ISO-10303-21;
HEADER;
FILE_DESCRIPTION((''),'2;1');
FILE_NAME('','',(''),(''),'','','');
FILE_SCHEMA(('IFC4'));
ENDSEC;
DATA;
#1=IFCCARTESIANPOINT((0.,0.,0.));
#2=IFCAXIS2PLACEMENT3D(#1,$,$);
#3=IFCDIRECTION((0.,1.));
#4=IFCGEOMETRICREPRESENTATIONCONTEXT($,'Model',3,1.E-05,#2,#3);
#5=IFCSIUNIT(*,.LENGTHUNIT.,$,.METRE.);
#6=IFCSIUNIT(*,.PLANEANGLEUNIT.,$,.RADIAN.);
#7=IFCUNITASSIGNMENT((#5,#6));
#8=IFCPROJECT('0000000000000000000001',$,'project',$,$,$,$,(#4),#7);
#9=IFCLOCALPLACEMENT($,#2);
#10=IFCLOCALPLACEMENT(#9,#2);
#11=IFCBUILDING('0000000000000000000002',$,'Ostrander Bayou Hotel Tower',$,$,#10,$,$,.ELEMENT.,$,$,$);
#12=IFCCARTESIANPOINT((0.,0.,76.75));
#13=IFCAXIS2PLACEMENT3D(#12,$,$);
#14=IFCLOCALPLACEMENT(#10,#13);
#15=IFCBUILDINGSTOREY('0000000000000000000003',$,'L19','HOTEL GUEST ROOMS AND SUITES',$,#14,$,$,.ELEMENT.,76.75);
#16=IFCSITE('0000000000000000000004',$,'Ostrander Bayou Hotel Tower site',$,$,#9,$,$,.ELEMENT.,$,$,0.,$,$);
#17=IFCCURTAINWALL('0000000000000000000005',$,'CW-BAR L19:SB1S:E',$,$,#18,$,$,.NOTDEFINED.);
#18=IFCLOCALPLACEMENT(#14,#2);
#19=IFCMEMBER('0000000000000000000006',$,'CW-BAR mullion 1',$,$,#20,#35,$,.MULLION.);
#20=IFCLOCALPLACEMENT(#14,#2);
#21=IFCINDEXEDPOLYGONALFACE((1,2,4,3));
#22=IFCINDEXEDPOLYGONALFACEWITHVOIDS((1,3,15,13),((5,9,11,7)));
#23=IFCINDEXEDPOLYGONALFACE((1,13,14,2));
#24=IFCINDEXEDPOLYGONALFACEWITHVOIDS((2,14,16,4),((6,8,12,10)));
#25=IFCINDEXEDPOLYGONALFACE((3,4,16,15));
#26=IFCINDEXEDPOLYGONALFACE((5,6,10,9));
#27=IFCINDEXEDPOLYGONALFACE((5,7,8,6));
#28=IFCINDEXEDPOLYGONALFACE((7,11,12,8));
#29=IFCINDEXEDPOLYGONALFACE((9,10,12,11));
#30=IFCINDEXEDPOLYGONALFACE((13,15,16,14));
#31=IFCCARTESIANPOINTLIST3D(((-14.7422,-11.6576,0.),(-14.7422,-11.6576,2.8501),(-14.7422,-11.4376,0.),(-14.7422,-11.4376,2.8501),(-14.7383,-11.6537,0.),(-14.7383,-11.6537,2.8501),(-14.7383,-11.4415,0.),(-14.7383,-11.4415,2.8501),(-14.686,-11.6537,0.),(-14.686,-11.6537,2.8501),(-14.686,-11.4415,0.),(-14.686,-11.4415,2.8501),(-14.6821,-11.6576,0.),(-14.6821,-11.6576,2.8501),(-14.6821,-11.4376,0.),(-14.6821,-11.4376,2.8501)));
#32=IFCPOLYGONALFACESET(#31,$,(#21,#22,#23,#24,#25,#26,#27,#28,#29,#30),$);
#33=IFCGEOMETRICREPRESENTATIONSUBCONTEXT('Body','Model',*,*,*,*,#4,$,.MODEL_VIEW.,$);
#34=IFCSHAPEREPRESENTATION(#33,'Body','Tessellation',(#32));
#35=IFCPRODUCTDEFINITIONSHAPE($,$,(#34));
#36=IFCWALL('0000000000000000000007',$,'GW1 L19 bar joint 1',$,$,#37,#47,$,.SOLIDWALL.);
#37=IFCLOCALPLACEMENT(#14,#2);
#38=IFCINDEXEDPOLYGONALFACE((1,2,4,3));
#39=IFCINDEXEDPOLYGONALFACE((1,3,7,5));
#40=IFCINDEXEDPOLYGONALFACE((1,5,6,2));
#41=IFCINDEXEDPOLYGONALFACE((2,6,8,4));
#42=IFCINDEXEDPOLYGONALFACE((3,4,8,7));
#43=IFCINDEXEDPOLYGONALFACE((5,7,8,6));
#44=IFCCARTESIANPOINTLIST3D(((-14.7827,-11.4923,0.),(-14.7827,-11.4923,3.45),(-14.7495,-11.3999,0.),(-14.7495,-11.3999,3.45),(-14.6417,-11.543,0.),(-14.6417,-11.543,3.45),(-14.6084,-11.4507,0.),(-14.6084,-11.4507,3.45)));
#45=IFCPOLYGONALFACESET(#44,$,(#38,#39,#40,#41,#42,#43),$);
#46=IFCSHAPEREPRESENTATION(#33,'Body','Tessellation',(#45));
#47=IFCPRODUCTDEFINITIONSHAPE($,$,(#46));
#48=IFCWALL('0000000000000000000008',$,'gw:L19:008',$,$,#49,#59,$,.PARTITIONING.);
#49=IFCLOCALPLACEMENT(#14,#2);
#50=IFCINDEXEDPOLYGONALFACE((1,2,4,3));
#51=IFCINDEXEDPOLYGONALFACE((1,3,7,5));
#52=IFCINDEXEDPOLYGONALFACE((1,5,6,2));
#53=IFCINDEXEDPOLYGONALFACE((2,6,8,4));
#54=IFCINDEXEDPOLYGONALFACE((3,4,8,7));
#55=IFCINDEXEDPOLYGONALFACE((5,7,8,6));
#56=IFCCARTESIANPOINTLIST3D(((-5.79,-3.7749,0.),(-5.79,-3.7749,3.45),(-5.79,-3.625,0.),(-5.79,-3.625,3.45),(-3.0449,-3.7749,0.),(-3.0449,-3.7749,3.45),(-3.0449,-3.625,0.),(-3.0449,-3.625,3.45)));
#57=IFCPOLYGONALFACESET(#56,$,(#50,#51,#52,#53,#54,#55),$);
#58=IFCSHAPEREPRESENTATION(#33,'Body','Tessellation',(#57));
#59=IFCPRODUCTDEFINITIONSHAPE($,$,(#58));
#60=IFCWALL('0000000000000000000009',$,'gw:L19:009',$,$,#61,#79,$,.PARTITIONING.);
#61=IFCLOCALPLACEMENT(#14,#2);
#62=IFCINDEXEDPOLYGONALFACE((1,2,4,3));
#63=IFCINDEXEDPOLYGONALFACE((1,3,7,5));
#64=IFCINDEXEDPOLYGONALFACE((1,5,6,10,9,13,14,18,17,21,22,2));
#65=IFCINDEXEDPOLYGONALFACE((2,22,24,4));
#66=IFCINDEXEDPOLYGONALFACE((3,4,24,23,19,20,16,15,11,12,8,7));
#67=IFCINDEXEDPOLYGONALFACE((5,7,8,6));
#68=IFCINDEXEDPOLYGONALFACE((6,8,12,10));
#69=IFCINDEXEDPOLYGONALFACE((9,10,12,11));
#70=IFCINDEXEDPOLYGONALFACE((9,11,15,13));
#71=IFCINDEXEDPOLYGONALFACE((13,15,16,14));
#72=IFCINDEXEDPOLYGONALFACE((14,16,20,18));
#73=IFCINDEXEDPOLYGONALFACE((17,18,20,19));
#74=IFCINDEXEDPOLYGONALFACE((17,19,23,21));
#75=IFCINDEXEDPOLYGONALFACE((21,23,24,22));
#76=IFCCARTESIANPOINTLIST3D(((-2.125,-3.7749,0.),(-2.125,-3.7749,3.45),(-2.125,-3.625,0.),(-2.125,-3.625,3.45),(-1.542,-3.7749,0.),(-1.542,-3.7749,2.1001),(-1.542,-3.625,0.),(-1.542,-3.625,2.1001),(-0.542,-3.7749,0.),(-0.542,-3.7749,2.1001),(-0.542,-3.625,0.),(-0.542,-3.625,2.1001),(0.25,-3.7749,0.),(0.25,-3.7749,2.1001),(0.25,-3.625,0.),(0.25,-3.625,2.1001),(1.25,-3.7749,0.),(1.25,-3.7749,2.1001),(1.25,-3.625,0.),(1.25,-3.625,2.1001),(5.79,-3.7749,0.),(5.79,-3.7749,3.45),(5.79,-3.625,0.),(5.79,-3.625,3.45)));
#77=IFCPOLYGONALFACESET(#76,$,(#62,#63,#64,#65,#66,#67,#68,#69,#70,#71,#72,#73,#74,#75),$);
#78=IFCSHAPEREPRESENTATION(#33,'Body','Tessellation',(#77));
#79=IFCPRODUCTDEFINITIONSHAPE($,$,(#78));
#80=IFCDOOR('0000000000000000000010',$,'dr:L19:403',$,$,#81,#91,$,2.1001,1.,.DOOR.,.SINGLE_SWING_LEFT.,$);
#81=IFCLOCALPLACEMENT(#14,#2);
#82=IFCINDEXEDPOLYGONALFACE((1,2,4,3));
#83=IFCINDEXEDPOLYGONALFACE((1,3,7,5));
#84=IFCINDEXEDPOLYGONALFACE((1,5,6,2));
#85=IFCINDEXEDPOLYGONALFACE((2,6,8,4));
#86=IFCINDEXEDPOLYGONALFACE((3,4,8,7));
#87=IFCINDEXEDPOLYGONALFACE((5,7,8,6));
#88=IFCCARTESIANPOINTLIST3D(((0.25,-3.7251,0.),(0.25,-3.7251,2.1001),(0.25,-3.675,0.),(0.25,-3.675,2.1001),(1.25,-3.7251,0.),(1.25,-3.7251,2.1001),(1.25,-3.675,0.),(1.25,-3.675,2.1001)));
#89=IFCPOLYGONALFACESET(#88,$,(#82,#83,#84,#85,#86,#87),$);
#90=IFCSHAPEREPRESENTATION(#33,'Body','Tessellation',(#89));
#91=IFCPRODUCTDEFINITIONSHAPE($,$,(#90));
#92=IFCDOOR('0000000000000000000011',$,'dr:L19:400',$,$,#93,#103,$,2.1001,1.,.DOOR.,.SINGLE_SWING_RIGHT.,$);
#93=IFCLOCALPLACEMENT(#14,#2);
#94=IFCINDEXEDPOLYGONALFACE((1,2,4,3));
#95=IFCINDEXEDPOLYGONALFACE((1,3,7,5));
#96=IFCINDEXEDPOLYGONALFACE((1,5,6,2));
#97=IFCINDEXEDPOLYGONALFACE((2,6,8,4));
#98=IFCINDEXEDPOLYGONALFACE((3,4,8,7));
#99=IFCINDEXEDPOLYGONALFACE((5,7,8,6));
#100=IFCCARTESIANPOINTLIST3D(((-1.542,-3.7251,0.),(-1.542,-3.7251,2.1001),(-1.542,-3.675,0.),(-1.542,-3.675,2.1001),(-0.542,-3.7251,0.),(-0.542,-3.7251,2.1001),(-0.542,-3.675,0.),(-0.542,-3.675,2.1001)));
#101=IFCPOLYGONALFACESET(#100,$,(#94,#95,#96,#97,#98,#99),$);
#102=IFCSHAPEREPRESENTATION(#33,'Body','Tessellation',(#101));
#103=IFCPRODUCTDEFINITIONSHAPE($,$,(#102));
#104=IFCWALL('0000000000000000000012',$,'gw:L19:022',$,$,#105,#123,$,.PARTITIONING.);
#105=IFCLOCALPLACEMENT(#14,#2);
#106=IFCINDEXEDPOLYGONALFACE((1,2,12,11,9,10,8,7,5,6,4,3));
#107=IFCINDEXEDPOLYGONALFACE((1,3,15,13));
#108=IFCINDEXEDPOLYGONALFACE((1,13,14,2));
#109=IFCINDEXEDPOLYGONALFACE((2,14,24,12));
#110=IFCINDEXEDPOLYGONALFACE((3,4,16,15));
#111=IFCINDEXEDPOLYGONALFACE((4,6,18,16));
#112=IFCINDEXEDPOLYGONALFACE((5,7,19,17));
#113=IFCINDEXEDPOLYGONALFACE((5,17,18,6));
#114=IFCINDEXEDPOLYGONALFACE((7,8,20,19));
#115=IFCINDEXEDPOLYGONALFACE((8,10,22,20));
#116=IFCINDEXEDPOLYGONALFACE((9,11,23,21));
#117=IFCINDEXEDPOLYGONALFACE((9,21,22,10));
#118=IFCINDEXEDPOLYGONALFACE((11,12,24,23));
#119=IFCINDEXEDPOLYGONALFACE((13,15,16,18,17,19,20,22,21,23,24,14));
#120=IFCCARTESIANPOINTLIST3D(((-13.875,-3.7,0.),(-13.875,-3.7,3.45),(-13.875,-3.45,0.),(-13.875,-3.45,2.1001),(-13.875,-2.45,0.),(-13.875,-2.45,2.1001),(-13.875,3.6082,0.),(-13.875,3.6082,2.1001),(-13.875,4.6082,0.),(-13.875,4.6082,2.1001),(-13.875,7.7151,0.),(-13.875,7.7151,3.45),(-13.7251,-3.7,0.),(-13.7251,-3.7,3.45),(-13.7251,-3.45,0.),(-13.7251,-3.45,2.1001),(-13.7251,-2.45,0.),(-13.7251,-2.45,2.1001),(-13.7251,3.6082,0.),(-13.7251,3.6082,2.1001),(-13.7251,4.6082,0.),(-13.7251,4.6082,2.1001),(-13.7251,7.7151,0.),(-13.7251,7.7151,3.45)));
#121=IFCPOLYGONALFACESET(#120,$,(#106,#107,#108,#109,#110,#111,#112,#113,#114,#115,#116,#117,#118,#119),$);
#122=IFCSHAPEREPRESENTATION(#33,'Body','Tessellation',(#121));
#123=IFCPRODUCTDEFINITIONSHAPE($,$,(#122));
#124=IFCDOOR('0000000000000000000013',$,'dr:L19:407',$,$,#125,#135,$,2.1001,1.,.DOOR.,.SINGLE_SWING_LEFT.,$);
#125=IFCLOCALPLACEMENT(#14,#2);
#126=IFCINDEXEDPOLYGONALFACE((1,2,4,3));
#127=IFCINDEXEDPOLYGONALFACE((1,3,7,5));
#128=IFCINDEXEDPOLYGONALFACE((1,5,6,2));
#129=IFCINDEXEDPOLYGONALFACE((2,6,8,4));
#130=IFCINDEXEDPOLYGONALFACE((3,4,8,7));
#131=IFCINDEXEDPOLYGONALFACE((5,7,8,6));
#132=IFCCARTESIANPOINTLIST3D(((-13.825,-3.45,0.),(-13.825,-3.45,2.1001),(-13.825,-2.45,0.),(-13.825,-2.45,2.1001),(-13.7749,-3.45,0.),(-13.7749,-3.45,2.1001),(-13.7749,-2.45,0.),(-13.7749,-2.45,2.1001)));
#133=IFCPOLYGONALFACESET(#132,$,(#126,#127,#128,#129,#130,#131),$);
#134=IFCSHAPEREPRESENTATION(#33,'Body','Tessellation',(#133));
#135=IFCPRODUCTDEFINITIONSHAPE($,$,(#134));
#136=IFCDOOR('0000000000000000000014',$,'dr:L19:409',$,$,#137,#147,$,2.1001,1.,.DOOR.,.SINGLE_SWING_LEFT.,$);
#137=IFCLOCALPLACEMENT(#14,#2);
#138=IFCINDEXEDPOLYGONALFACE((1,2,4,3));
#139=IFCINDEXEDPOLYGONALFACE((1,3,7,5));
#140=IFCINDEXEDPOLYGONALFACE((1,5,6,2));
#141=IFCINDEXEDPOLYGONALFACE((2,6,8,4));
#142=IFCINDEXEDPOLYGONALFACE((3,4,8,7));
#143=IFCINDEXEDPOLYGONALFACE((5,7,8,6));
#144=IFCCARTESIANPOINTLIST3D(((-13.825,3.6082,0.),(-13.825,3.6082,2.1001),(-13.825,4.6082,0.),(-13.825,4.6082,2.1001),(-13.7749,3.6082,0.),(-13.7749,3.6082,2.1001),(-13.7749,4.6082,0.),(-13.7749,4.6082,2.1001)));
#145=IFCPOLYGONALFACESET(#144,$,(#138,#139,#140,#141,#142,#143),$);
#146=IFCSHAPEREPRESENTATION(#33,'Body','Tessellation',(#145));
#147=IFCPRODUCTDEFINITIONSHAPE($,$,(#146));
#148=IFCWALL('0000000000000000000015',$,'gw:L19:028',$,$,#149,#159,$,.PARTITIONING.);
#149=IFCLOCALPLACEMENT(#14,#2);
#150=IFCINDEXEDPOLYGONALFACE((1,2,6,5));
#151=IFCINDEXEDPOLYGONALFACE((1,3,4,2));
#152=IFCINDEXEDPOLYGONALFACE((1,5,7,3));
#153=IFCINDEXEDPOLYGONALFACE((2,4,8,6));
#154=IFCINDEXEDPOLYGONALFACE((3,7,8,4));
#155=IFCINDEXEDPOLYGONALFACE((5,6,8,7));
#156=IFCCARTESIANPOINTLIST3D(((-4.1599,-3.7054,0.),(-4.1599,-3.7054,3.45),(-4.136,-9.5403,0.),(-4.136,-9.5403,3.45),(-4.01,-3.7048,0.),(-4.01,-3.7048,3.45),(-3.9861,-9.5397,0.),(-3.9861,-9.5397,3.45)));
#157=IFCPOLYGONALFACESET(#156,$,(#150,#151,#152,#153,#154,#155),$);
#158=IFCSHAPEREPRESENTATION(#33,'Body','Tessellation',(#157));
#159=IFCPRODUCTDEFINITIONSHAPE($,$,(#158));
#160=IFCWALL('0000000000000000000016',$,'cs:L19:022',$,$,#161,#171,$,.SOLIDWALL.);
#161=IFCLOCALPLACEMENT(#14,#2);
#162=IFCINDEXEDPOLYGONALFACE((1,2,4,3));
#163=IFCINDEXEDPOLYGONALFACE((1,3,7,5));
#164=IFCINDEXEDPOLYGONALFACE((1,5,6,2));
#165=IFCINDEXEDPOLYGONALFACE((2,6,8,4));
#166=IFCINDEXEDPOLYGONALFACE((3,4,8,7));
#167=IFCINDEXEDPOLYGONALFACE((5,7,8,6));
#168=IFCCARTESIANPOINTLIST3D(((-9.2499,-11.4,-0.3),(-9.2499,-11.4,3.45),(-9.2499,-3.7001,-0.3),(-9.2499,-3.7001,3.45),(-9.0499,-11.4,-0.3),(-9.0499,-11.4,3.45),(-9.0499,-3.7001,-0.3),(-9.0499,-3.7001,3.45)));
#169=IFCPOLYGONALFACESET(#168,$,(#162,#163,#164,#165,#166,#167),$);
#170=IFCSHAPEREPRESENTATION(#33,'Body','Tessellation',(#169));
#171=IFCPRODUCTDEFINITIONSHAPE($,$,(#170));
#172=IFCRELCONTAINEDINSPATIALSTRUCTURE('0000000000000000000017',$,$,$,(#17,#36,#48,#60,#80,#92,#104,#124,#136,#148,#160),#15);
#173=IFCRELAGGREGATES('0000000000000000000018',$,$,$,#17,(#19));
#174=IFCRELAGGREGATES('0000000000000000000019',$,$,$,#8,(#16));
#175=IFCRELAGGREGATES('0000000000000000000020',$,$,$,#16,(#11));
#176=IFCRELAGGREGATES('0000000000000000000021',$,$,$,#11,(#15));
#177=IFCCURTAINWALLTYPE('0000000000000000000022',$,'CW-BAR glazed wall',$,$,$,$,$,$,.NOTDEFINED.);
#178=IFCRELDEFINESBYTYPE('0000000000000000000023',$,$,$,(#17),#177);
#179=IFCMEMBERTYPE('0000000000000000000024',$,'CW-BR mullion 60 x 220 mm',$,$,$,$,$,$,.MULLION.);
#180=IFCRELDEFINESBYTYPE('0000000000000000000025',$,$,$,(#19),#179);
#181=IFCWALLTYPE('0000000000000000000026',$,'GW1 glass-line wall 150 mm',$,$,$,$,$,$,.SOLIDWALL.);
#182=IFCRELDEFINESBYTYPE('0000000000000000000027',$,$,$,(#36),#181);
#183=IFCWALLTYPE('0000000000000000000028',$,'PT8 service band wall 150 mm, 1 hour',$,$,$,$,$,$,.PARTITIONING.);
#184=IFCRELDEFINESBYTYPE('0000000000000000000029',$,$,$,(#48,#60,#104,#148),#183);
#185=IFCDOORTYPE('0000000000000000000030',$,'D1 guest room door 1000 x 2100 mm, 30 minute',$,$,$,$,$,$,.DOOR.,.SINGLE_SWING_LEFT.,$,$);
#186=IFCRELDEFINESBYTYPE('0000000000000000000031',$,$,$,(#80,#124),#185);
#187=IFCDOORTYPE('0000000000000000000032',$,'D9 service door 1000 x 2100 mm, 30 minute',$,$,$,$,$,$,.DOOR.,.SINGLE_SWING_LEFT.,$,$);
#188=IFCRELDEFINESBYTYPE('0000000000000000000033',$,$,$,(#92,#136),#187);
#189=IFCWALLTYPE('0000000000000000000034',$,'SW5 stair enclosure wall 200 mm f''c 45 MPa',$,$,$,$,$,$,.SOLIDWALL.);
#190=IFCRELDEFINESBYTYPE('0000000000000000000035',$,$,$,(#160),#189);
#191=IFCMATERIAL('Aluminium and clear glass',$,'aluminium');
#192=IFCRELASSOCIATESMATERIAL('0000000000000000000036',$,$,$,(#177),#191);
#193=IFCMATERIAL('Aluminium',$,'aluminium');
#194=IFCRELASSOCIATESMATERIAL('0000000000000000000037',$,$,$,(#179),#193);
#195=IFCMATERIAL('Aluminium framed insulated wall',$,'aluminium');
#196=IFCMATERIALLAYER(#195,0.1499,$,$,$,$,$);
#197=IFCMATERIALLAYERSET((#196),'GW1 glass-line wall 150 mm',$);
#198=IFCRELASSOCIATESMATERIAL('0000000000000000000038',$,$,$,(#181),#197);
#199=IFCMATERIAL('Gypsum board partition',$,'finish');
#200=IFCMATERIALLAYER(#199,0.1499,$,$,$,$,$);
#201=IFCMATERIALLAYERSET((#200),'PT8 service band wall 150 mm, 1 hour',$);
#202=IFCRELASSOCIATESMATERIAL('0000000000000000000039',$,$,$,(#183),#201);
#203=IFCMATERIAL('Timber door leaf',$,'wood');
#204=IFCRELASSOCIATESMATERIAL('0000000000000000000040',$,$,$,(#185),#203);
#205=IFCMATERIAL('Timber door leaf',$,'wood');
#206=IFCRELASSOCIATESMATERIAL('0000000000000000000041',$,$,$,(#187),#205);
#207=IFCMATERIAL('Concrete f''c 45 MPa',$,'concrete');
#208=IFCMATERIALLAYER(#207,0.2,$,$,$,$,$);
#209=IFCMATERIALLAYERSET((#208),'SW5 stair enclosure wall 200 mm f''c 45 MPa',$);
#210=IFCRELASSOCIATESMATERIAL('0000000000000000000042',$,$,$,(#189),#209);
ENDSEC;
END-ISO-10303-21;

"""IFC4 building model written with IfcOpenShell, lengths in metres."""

from ifc_helpers import new_model, si_unit, direction, frame, frame_2d, origin, origin_2d, place, context, subcontext, project, spatial, rectangle, hollow_rectangle, extrude, material, layer, layer_set, material_profile, profile_set, type_object, element, fill, aggregate, save


model = new_model("IFC4")

# Units and contexts
model_context = context("Model", 3, precision=1e-05, world=origin(), true_north=direction((0.0, 1.0)))
body_context = subcontext(model_context, "Body", "Model", "MODEL_VIEW")
ifc_project = project(units=[si_unit("LENGTHUNIT", "METRE"), si_unit("PLANEANGLEUNIT", "RADIAN")], contexts=[model_context])

# Site, building, storey
site_placement = place(None, origin())
site = spatial("IfcSite", under=ifc_project, at=site_placement, Name="Ostrander Bayou Hotel Tower site", CompositionType="ELEMENT", RefElevation=0.0)
building_placement = place(site_placement, origin())
building = spatial("IfcBuilding", under=site, at=building_placement, Name="Ostrander Bayou Hotel Tower", CompositionType="ELEMENT")
storey_placement = place(building_placement, frame((0.0, 0.0, 76.75)))
storey = spatial("IfcBuildingStorey", under=building, at=storey_placement, Name="L19", Description="HOTEL GUEST ROOMS AND SUITES", CompositionType="ELEMENT", Elevation=76.75)

# Curtain wall, member
ifc_material_1 = material(Name="Aluminium and clear glass", Category="aluminium")
curtain_wall_type = type_object("IfcCurtainWallType", Name="CW-BAR glazed wall", PredefinedType="NOTDEFINED", material=ifc_material_1)
curtain_wall_placement = place(storey_placement, origin())
curtain_wall = element("IfcCurtainWall", 1, at=curtain_wall_placement, inside=storey, type_object=curtain_wall_type, Name="CW-BAR L19:SB1S:E", PredefinedType="NOTDEFINED")
ifc_material_2 = material(Name="Aluminium", Category="aluminium")
ifc_material_profile = material_profile(ifc_material_2, hollow_rectangle(XDim=0.0601, YDim=0.22, WallThickness=0.0039, at=origin_2d()))
ifc_profile_set = profile_set([ifc_material_profile], Name="Aluminium")
member_type = type_object("IfcMemberType", Name="CW-BR mullion 60 x 220 mm", PredefinedType="MULLION", material=ifc_profile_set)
member_placement = place(storey_placement, frame((-14.7122, -11.5476, 0.0), z_axis=(0.0, 0.0, 1.0), x_axis=(1.0, 0.0, 0.0)))
member = element("IfcMember", 2, at=member_placement, type_object=member_type, Name="CW-BAR mullion 1", PredefinedType="MULLION", context=body_context, shape_type="SweptSolid", body=[
    extrude(hollow_rectangle(XDim=0.0601, YDim=0.22, WallThickness=0.0039, at=origin_2d()), origin(), (0.0, 0.0, 1.0), 2.8501),
])
aggregate(curtain_wall, [member])

# Walls
ifc_material_3 = material(Name="Aluminium framed insulated wall", Category="aluminium")
ifc_layer_1 = layer(ifc_material_3, 0.1499)
ifc_layer_set_1 = layer_set([ifc_layer_1], Name="GW1 glass-line wall 150 mm")
wall_type_1 = type_object("IfcWallType", Name="GW1 glass-line wall 150 mm", PredefinedType="SOLIDWALL", material=ifc_layer_set_1)
wall_1_placement = place(storey_placement, frame((-14.679, -11.4253, 0.0), z_axis=(0.0, 0.0, 1.0), x_axis=(-0.338543, -0.940951, 0.0)))
element("IfcWall", 3, at=wall_1_placement, inside=storey, type_object=wall_type_1, Name="GW1 L19 bar joint 1", PredefinedType="SOLIDWALL", context=body_context, shape_type="SweptSolid", body=[
    extrude(rectangle(XDim=0.0981, YDim=0.1499, at=frame_2d((0.0491, 0.0))), origin(), (0.0, 0.0, 1.0), 3.45),
])
ifc_material_4 = material(Name="Gypsum board partition", Category="finish")
ifc_layer_2 = layer(ifc_material_4, 0.1499)
ifc_layer_set_2 = layer_set([ifc_layer_2], Name="PT8 service band wall 150 mm, 1 hour")
wall_type_2 = type_object("IfcWallType", Name="PT8 service band wall 150 mm, 1 hour", PredefinedType="PARTITIONING", material=ifc_layer_set_2)
wall_2_placement = place(storey_placement, frame((-5.79, -3.7, 0.0), z_axis=(0.0, 0.0, 1.0), x_axis=(1.0, 0.0, 0.0)))
element("IfcWall", 4, at=wall_2_placement, inside=storey, type_object=wall_type_2, Name="gw:L19:008", PredefinedType="PARTITIONING", context=body_context, shape_type="SweptSolid", body=[
    extrude(rectangle(XDim=2.7451, YDim=0.1499, at=frame_2d((1.3726, 0.0))), origin(), (0.0, 0.0, 1.0), 3.45),
])

# Walls, openings, doors
wall_3_placement = place(storey_placement, frame((-2.125, -3.7, 0.0), z_axis=(0.0, 0.0, 1.0), x_axis=(1.0, 0.0, 0.0)))
wall_3 = element("IfcWall", 5, at=wall_3_placement, inside=storey, type_object=wall_type_2, Name="gw:L19:009", PredefinedType="PARTITIONING", context=body_context, shape_type="SweptSolid", body=[
    extrude(rectangle(XDim=7.915, YDim=0.1499, at=frame_2d((3.9575, 0.0))), origin(), (0.0, 0.0, 1.0), 3.45),
])
opening_1_placement = place(wall_3_placement, frame((0.583, 0.0, 0.0)))
opening_1 = element("IfcOpeningElement", 6, at=opening_1_placement, cuts=wall_3, PredefinedType="OPENING", context=body_context, shape_type="SweptSolid", body=[
    extrude(rectangle(XDim=1.0, YDim=2.1001, at=frame_2d((0.5, 1.05))), frame((0.0, 0.075, 0.0), z_axis=(0.0, -1.0, 0.0), x_axis=(1.0, 0.0, 0.0)), (0.0, 0.0, 1.0), 0.1499),
])
opening_2_placement = place(wall_3_placement, frame((2.375, 0.0, 0.0)))
opening_2 = element("IfcOpeningElement", 7, at=opening_2_placement, cuts=wall_3, PredefinedType="OPENING", context=body_context, shape_type="SweptSolid", body=[
    extrude(rectangle(XDim=1.0, YDim=2.1001, at=frame_2d((0.5, 1.05))), frame((0.0, 0.075, 0.0), z_axis=(0.0, -1.0, 0.0), x_axis=(1.0, 0.0, 0.0)), (0.0, 0.0, 1.0), 0.1499),
])
ifc_material_5 = material(Name="Timber door leaf", Category="wood")
door_type_1 = type_object("IfcDoorType", Name="D1 guest room door 1000 x 2100 mm, 30 minute", OperationType="SINGLE_SWING_LEFT", PredefinedType="DOOR", material=ifc_material_5)
door_1_placement = place(opening_2_placement, origin())
door_1 = element("IfcDoor", 8, at=door_1_placement, inside=storey, type_object=door_type_1, Name="dr:L19:403", OperationType="SINGLE_SWING_LEFT", OverallHeight=2.1001, OverallWidth=1.0, PredefinedType="DOOR", context=body_context, shape_type="SweptSolid", body=[
    extrude(rectangle(XDim=1.0, YDim=2.1001, at=frame_2d((0.5, 1.05))), frame((0.0, 0.0249, 0.0), z_axis=(0.0, -1.0, 0.0), x_axis=(1.0, 0.0, 0.0)), (0.0, 0.0, 1.0), 0.05),
])
fill(opening_2, door_1)
ifc_material_6 = material(Name="Timber door leaf", Category="wood")
door_type_2 = type_object("IfcDoorType", Name="D9 service door 1000 x 2100 mm, 30 minute", OperationType="SINGLE_SWING_LEFT", PredefinedType="DOOR", material=ifc_material_6)
door_2_placement = place(opening_1_placement, origin())
door_2 = element("IfcDoor", 9, at=door_2_placement, inside=storey, type_object=door_type_2, Name="dr:L19:400", OperationType="SINGLE_SWING_RIGHT", OverallHeight=2.1001, OverallWidth=1.0, PredefinedType="DOOR", context=body_context, shape_type="SweptSolid", body=[
    extrude(rectangle(XDim=1.0, YDim=2.1001, at=frame_2d((0.5, 1.05))), frame((0.0, 0.0249, 0.0), z_axis=(0.0, -1.0, 0.0), x_axis=(1.0, 0.0, 0.0)), (0.0, 0.0, 1.0), 0.05),
])
fill(opening_1, door_2)
wall_4_placement = place(storey_placement, frame((-13.8, -3.7, 0.0), z_axis=(0.0, 0.0, 1.0), x_axis=(0.0, 1.0, 0.0)))
wall_4 = element("IfcWall", 10, at=wall_4_placement, inside=storey, type_object=wall_type_2, Name="gw:L19:022", PredefinedType="PARTITIONING", context=body_context, shape_type="SweptSolid", body=[
    extrude(rectangle(XDim=11.415, YDim=0.1499, at=frame_2d((5.7075, 0.0))), origin(), (0.0, 0.0, 1.0), 3.45),
])
opening_3_placement = place(wall_4_placement, frame((0.25, 0.0, 0.0)))
opening_3 = element("IfcOpeningElement", 11, at=opening_3_placement, cuts=wall_4, PredefinedType="OPENING", context=body_context, shape_type="SweptSolid", body=[
    extrude(rectangle(XDim=1.0, YDim=2.1001, at=frame_2d((0.5, 1.05))), frame((0.0, 0.075, 0.0), z_axis=(0.0, -1.0, 0.0), x_axis=(1.0, 0.0, 0.0)), (0.0, 0.0, 1.0), 0.1499),
])
opening_4_placement = place(wall_4_placement, frame((7.3081, 0.0, 0.0)))
opening_4 = element("IfcOpeningElement", 12, at=opening_4_placement, cuts=wall_4, PredefinedType="OPENING", context=body_context, shape_type="SweptSolid", body=[
    extrude(rectangle(XDim=1.0, YDim=2.1001, at=frame_2d((0.5, 1.05))), frame((0.0, 0.075, 0.0), z_axis=(0.0, -1.0, 0.0), x_axis=(1.0, 0.0, 0.0)), (0.0, 0.0, 1.0), 0.1499),
])
door_3_placement = place(opening_3_placement, origin())
door_3 = element("IfcDoor", 13, at=door_3_placement, inside=storey, type_object=door_type_1, Name="dr:L19:407", OperationType="SINGLE_SWING_LEFT", OverallHeight=2.1001, OverallWidth=1.0, PredefinedType="DOOR", context=body_context, shape_type="SweptSolid", body=[
    extrude(rectangle(XDim=1.0, YDim=2.1001, at=frame_2d((0.5, 1.05))), frame((0.0, 0.0249, 0.0), z_axis=(0.0, -1.0, 0.0), x_axis=(1.0, 0.0, 0.0)), (0.0, 0.0, 1.0), 0.05),
])
fill(opening_3, door_3)
door_4_placement = place(opening_4_placement, origin())
door_4 = element("IfcDoor", 14, at=door_4_placement, inside=storey, type_object=door_type_2, Name="dr:L19:409", OperationType="SINGLE_SWING_LEFT", OverallHeight=2.1001, OverallWidth=1.0, PredefinedType="DOOR", context=body_context, shape_type="SweptSolid", body=[
    extrude(rectangle(XDim=1.0, YDim=2.1001, at=frame_2d((0.5, 1.05))), frame((0.0, 0.0249, 0.0), z_axis=(0.0, -1.0, 0.0), x_axis=(1.0, 0.0, 0.0)), (0.0, 0.0, 1.0), 0.05),
])
fill(opening_4, door_4)

# Wall
wall_5_placement = place(storey_placement, frame((-4.061, -9.54, 0.0), z_axis=(0.0, 0.0, 1.0), x_axis=(-0.0041, 0.999992, 0.0)))
element("IfcWall", 15, at=wall_5_placement, inside=storey, type_object=wall_type_2, Name="gw:L19:028", PredefinedType="PARTITIONING", context=body_context, shape_type="SweptSolid", body=[
    extrude(rectangle(XDim=5.835, YDim=0.1499, at=frame_2d((2.9175, 0.0))), origin(), (0.0, 0.0, 1.0), 3.45),
])

# Shared definitions
ifc_material_7 = material(Name="Concrete f'c 45 MPa", Category="concrete")
ifc_layer_3 = layer(ifc_material_7, 0.2)
ifc_layer_set_3 = layer_set([ifc_layer_3], Name="SW5 stair enclosure wall 200 mm f'c 45 MPa")
wall_type_3 = type_object("IfcWallType", Name="SW5 stair enclosure wall 200 mm f'c 45 MPa", PredefinedType="SOLIDWALL", material=ifc_layer_set_3)

# Wall
for number, where, z_axis, x_axis, name in (
    (16, (-9.1499, -3.7, -0.3), (0.0, 0.0, 1.0), (0.0, -1.0, 0.0), "cs:L19:022"),
):
    element("IfcWall", number, at=place(storey_placement, frame(where, z_axis=z_axis, x_axis=x_axis)), inside=storey, type_object=wall_type_3, Name=name, PredefinedType="SOLIDWALL", context=body_context, shape_type="SweptSolid", body=[
        extrude(rectangle(XDim=7.7, YDim=0.2, at=frame_2d((3.8501, 0.0))), origin(), (0.0, 0.0, 1.0), 3.75),
    ])

save(model, "model.ifc")
